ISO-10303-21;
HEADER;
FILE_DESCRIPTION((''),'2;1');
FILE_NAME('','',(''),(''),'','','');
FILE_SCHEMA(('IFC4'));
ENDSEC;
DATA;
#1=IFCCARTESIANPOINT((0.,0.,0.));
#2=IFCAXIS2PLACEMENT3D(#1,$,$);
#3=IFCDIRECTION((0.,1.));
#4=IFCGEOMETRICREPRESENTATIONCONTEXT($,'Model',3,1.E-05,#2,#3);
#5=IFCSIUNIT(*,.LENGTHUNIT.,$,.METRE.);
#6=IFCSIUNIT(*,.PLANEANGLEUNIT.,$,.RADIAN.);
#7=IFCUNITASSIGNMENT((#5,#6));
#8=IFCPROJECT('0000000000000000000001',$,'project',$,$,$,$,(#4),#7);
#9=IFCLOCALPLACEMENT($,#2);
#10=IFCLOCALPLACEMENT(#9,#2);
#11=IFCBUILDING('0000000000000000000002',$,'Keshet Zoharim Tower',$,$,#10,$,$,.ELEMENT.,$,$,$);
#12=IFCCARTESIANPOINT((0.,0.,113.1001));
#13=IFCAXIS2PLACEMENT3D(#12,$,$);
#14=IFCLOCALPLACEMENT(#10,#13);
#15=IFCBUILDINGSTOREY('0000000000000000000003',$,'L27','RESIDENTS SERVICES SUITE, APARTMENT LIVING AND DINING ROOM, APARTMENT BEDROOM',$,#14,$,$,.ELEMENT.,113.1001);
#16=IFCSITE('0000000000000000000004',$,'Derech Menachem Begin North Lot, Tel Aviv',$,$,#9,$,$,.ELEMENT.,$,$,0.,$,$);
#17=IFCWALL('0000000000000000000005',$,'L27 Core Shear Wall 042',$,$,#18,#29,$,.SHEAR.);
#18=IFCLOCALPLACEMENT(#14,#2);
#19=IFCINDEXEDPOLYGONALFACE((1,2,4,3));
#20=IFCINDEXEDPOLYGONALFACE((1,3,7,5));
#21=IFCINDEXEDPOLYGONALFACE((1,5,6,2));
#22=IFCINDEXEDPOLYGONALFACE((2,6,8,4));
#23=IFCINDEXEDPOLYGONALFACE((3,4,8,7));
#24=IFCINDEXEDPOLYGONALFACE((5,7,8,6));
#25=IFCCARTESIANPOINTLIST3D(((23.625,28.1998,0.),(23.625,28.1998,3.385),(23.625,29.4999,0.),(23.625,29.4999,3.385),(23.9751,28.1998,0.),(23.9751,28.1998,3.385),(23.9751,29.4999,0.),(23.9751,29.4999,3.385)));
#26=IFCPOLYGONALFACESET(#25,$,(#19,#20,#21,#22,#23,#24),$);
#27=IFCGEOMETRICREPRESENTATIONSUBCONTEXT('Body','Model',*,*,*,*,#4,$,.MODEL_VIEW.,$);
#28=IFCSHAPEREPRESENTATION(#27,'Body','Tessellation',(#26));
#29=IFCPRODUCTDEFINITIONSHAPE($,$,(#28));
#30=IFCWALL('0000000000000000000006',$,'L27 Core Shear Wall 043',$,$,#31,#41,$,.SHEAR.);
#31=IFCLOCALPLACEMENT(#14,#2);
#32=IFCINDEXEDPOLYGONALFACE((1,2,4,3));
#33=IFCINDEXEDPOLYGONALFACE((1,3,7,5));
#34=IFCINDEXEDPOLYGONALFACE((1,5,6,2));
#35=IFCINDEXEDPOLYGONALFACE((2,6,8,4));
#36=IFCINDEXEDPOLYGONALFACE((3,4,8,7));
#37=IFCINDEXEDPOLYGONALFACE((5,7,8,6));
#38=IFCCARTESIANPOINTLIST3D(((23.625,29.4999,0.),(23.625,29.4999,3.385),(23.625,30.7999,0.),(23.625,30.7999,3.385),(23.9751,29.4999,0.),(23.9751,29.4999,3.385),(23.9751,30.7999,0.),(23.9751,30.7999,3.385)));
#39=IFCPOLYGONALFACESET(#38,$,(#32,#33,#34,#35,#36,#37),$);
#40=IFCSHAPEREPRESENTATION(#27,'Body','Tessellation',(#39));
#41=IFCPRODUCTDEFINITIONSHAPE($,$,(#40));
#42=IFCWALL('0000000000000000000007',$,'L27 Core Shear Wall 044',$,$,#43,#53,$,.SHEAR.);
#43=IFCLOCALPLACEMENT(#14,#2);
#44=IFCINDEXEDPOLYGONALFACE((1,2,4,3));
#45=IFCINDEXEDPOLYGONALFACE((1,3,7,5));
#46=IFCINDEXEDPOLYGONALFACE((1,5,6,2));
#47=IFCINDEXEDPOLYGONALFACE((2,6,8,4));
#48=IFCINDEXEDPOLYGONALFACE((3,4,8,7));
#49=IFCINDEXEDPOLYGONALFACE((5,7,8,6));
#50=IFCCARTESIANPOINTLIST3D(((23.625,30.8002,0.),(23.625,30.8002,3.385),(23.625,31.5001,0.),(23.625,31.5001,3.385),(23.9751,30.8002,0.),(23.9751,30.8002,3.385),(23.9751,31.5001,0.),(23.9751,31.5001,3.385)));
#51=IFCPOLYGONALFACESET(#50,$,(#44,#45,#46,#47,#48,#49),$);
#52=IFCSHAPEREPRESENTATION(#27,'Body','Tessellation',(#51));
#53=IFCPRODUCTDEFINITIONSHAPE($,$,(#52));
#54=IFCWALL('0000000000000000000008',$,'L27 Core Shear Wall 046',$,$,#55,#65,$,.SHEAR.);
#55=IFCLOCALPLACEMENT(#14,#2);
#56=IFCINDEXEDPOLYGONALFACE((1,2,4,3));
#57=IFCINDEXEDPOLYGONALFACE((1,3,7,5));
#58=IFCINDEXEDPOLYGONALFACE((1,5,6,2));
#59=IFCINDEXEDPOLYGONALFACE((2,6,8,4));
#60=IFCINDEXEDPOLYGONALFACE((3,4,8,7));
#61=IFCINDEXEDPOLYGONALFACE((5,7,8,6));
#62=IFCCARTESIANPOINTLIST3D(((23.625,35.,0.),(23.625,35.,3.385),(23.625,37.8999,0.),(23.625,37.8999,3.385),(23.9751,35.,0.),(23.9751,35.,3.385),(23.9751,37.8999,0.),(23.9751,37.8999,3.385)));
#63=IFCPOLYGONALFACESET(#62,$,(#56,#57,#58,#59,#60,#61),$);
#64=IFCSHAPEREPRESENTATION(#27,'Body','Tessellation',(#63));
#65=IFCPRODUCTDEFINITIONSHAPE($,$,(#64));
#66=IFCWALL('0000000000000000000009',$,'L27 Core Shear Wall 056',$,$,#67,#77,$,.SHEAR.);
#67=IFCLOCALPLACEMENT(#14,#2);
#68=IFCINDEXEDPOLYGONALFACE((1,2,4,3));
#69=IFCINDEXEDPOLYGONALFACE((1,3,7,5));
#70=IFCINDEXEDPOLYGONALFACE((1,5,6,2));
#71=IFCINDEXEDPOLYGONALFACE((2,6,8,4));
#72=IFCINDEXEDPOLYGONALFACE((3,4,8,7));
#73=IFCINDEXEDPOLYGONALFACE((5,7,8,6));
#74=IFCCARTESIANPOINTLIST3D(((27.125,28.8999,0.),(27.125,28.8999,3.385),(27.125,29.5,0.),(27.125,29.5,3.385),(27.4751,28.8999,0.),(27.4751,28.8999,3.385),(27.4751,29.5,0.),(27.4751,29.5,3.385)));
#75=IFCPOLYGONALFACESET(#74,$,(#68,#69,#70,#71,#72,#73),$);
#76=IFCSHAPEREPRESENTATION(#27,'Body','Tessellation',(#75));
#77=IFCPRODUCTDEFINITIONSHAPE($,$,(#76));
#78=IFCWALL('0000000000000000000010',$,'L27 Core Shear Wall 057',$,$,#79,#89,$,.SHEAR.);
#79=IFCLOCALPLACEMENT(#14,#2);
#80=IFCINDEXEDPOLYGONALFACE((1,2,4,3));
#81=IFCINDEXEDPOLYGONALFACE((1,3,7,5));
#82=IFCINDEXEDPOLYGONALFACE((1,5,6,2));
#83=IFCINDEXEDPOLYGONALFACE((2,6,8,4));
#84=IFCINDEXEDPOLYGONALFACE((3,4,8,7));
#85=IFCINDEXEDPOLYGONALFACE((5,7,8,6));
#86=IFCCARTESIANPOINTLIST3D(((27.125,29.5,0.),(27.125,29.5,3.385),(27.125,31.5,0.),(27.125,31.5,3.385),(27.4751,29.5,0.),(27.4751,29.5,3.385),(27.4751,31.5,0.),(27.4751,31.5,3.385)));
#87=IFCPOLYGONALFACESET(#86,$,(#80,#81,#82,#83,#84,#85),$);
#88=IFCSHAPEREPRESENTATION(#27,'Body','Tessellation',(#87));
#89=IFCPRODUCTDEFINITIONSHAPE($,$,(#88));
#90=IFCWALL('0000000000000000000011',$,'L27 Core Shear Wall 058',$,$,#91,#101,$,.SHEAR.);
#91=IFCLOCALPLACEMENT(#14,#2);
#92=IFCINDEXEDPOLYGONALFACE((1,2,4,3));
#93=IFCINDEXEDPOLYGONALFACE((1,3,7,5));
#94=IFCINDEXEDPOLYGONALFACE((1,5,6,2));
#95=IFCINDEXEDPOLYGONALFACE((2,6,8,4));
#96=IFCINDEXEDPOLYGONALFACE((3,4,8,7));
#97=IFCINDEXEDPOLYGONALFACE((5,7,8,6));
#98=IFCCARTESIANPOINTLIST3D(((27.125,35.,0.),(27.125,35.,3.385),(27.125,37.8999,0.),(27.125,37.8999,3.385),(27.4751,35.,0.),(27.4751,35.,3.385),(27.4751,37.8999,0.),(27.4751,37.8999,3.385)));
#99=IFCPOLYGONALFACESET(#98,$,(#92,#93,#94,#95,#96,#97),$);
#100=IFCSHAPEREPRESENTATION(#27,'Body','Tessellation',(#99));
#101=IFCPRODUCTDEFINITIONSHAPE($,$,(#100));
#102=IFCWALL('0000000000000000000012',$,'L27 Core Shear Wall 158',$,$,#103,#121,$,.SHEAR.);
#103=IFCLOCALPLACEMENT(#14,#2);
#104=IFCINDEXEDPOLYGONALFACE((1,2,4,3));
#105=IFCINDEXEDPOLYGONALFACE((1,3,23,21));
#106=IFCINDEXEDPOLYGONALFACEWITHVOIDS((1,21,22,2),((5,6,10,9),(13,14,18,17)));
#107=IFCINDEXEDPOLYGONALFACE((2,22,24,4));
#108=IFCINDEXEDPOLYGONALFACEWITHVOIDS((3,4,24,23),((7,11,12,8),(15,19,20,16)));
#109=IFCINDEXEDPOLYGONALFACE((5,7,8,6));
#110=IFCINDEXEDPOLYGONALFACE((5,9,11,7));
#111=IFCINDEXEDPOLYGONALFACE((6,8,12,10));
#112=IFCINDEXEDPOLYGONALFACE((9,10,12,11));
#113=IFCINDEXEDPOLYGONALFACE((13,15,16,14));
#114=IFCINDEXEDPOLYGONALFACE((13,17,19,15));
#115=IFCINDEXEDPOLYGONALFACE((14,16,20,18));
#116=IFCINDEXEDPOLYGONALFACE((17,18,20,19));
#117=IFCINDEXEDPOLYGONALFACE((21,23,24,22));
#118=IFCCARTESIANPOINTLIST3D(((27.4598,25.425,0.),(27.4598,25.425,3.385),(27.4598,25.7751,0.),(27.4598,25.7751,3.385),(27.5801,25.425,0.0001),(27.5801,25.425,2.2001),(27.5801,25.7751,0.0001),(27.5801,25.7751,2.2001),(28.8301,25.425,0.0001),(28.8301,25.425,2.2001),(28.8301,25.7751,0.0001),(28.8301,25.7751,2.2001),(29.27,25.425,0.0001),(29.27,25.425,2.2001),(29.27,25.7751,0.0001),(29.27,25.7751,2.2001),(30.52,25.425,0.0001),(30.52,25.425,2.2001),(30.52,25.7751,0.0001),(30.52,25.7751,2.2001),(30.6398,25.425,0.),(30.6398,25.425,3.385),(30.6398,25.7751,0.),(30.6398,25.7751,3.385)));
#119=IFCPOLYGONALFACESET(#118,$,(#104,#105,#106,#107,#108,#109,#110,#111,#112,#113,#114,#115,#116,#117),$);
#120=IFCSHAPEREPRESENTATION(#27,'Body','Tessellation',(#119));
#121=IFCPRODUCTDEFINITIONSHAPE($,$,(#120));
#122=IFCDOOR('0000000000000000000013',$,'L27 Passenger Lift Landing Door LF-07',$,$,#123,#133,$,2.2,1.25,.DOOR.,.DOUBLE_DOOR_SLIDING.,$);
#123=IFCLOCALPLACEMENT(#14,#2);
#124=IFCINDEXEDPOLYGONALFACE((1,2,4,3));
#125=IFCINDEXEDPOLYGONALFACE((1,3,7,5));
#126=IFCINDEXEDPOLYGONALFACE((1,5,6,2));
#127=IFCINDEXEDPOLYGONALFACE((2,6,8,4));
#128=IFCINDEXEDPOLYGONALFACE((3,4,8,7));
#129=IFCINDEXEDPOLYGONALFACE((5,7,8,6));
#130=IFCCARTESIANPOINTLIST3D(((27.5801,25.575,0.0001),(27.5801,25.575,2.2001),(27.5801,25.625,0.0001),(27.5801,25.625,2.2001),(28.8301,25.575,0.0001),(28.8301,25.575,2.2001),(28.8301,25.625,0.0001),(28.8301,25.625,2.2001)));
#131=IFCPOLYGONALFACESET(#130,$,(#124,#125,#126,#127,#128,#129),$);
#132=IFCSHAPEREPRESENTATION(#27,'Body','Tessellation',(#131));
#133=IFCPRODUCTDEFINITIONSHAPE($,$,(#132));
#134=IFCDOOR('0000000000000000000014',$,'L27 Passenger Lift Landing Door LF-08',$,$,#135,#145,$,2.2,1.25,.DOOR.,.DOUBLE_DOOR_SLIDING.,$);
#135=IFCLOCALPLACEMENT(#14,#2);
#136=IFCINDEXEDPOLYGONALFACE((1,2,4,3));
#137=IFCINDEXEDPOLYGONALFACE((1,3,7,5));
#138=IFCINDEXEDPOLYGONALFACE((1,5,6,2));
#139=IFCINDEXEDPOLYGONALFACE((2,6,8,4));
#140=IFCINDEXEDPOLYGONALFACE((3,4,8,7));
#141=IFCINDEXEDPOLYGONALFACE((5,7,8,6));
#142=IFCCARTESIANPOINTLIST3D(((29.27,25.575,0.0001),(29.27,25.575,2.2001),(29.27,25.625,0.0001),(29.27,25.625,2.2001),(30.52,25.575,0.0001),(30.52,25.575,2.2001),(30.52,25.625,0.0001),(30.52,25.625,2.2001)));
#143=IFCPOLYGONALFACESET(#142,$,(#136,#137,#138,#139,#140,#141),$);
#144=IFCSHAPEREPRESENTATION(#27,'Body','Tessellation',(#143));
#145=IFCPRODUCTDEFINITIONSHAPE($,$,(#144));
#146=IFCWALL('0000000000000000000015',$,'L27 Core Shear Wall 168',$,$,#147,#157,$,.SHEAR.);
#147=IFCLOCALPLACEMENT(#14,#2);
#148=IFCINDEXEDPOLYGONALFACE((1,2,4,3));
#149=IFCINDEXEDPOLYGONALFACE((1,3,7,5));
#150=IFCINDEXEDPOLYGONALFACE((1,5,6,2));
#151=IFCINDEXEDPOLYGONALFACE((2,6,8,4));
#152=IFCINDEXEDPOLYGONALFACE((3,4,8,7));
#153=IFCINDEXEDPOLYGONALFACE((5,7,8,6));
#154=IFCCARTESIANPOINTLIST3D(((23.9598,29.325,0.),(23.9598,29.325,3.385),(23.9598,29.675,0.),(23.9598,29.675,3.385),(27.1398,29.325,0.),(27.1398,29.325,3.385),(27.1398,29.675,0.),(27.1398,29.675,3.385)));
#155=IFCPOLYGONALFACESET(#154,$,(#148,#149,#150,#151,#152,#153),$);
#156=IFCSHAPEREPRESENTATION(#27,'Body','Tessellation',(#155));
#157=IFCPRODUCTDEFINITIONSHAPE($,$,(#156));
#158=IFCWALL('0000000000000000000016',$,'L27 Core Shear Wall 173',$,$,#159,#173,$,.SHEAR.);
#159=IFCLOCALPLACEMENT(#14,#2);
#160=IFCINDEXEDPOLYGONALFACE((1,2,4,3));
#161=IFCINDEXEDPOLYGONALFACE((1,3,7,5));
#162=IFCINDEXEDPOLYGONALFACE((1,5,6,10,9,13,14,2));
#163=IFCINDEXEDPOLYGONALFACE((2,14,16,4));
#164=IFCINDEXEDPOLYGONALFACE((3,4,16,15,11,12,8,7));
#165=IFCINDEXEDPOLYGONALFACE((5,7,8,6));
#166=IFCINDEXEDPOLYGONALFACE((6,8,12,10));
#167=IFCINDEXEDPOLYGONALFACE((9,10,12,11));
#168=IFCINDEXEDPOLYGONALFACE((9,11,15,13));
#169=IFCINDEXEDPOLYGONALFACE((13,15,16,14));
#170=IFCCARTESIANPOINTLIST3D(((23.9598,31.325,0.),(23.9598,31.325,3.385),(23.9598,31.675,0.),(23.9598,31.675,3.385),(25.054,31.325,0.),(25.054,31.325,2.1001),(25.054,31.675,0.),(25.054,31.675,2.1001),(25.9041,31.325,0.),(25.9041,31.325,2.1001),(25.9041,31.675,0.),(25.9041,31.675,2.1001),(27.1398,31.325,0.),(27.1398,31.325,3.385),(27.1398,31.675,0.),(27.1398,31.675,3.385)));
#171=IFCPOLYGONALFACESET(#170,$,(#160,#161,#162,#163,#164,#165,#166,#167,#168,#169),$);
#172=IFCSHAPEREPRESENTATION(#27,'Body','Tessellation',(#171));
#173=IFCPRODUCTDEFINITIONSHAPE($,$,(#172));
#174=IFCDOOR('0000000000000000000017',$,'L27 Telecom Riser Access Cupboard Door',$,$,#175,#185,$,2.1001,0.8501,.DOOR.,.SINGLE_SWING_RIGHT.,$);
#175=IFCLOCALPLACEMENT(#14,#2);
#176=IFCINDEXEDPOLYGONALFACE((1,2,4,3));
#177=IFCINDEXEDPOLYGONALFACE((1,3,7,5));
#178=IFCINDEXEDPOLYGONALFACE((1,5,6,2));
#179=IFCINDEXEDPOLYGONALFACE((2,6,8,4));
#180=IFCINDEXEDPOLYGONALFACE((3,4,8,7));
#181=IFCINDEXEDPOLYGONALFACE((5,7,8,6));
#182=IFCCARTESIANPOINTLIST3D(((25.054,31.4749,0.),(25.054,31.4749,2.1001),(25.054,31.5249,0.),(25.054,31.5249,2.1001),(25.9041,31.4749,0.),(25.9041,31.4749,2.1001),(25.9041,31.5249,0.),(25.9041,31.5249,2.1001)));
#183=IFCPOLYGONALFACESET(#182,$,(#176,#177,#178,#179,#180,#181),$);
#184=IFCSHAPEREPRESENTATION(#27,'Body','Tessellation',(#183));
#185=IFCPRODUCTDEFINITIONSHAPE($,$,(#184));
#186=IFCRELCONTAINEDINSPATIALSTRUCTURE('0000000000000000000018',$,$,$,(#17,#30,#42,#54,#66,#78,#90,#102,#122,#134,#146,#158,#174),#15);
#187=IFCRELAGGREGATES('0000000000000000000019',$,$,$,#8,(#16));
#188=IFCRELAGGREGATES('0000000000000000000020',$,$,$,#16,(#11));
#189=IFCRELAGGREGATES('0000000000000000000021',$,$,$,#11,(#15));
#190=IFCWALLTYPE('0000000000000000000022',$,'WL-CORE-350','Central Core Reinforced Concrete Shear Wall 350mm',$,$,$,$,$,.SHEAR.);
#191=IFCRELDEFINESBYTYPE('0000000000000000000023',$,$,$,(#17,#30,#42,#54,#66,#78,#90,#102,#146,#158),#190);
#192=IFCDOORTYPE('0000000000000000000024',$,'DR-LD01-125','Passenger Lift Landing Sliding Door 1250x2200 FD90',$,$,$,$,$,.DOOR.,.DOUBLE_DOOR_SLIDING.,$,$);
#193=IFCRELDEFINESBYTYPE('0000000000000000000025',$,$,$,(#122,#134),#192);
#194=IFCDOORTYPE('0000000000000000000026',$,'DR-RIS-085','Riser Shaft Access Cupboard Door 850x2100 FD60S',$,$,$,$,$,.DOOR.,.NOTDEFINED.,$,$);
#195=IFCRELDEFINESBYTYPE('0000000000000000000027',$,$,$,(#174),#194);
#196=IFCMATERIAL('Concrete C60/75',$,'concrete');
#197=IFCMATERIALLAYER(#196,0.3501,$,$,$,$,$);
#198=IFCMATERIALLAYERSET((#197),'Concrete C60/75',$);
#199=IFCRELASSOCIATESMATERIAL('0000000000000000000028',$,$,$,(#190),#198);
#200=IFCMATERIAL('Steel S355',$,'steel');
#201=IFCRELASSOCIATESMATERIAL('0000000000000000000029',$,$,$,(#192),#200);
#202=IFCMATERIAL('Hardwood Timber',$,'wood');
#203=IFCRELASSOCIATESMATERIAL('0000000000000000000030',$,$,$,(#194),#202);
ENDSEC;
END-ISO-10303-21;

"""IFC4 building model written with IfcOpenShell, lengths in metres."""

from ifc_helpers import new_model, si_unit, direction, frame, frame_2d, origin, place, context, subcontext, project, spatial, rectangle, extrude, material, layer, layer_set, type_object, element, fill, save


model = new_model("IFC4")

# Units and contexts
model_context = context("Model", 3, precision=1e-05, world=origin(), true_north=direction((0.0, 1.0)))
body_context = subcontext(model_context, "Body", "Model", "MODEL_VIEW")
ifc_project = project(units=[si_unit("LENGTHUNIT", "METRE"), si_unit("PLANEANGLEUNIT", "RADIAN")], contexts=[model_context])

# Site, building, storey
site_placement = place(None, origin())
site = spatial("IfcSite", under=ifc_project, at=site_placement, Name="Derech Menachem Begin North Lot, Tel Aviv", CompositionType="ELEMENT", RefElevation=0.0)
building_placement = place(site_placement, origin())
building = spatial("IfcBuilding", under=site, at=building_placement, Name="Keshet Zoharim Tower", CompositionType="ELEMENT")
storey_placement = place(building_placement, frame((0.0, 0.0, 113.1001)))
storey = spatial("IfcBuildingStorey", under=building, at=storey_placement, Name="L27", Description="RESIDENTS SERVICES SUITE, APARTMENT LIVING AND DINING ROOM, APARTMENT BEDROOM", CompositionType="ELEMENT", Elevation=113.1001)

# Walls
ifc_material_1 = material(Name="Concrete C60/75", Category="concrete")
ifc_layer_1 = layer(ifc_material_1, 0.3501)
ifc_layer_set_1 = layer_set([ifc_layer_1], Name="Concrete C60/75")
wall_type_1 = type_object("IfcWallType", Name="WL-CORE-350", Description="Central Core Reinforced Concrete Shear Wall 350mm", PredefinedType="SHEAR", material=ifc_layer_set_1)
for number, where, z_axis, x_axis, name in (
    (1, (23.8, 28.2, 0.0), (0.0, 0.0, 1.0), (0.0, 1.0, 0.0), "L27 Core Shear Wall 042"),
    (2, (23.8, 29.5, 0.0), (0.0, 0.0, 1.0), (0.0, 1.0, 0.0), "L27 Core Shear Wall 043"),
):
    element("IfcWall", number, at=place(storey_placement, frame(where, z_axis=z_axis, x_axis=x_axis)), inside=storey, type_object=wall_type_1, Name=name, PredefinedType="SHEAR", context=body_context, shape_type="SweptSolid", body=[
        extrude(rectangle(XDim=1.3, YDim=0.3501, at=frame_2d((0.6499, 0.0))), origin(), (0.0, 0.0, 1.0), 3.385),
    ])
wall_1_placement = place(storey_placement, frame((23.8, 30.8, 0.0), z_axis=(0.0, 0.0, 1.0), x_axis=(0.0, 1.0, 0.0)))
element("IfcWall", 3, at=wall_1_placement, inside=storey, type_object=wall_type_1, Name="L27 Core Shear Wall 044", PredefinedType="SHEAR", context=body_context, shape_type="SweptSolid", body=[
    extrude(rectangle(XDim=0.7, YDim=0.3501, at=frame_2d((0.3501, 0.0))), origin(), (0.0, 0.0, 1.0), 3.385),
])

# Shared definitions
ifc_material_2 = material(Name="Hardwood Timber", Category="wood")

# Walls
wall_2_placement = place(storey_placement, frame((23.8, 35.0, 0.0), z_axis=(0.0, 0.0, 1.0), x_axis=(0.0, 1.0, 0.0)))
element("IfcWall", 4, at=wall_2_placement, inside=storey, type_object=wall_type_1, Name="L27 Core Shear Wall 046", PredefinedType="SHEAR", context=body_context, shape_type="SweptSolid", body=[
    extrude(rectangle(XDim=2.8999, YDim=0.3501, at=frame_2d((1.45, 0.0))), origin(), (0.0, 0.0, 1.0), 3.385),
])
wall_3_placement = place(storey_placement, frame((27.3, 28.8999, 0.0), z_axis=(0.0, 0.0, 1.0), x_axis=(0.0, 1.0, 0.0)))
element("IfcWall", 5, at=wall_3_placement, inside=storey, type_object=wall_type_1, Name="L27 Core Shear Wall 056", PredefinedType="SHEAR", context=body_context, shape_type="SweptSolid", body=[
    extrude(rectangle(XDim=0.6001, YDim=0.3501, at=frame_2d((0.3, 0.0))), origin(), (0.0, 0.0, 1.0), 3.385),
])
wall_4_placement = place(storey_placement, frame((27.3, 29.5, 0.0), z_axis=(0.0, 0.0, 1.0), x_axis=(0.0, 1.0, 0.0)))
element("IfcWall", 6, at=wall_4_placement, inside=storey, type_object=wall_type_1, Name="L27 Core Shear Wall 057", PredefinedType="SHEAR", context=body_context, shape_type="SweptSolid", body=[
    extrude(rectangle(XDim=2.0, YDim=0.3501, at=frame_2d((1.0, 0.0))), origin(), (0.0, 0.0, 1.0), 3.385),
])
wall_5_placement = place(storey_placement, frame((27.3, 35.0, 0.0), z_axis=(0.0, 0.0, 1.0), x_axis=(0.0, 1.0, 0.0)))
element("IfcWall", 7, at=wall_5_placement, inside=storey, type_object=wall_type_1, Name="L27 Core Shear Wall 058", PredefinedType="SHEAR", context=body_context, shape_type="SweptSolid", body=[
    extrude(rectangle(XDim=2.8999, YDim=0.3501, at=frame_2d((1.45, 0.0))), origin(), (0.0, 0.0, 1.0), 3.385),
])

# Wall, openings, doors
wall_6_placement = place(storey_placement, frame((27.46, 25.6001, 0.0), z_axis=(0.0, 0.0, 1.0), x_axis=(1.0, 0.0, 0.0)))
wall_6 = element("IfcWall", 8, at=wall_6_placement, inside=storey, type_object=wall_type_1, Name="L27 Core Shear Wall 158", PredefinedType="SHEAR", context=body_context, shape_type="SweptSolid", body=[
    extrude(rectangle(XDim=3.1799, YDim=0.3501, at=frame_2d((1.5898, 0.0))), origin(), (0.0, 0.0, 1.0), 3.385),
])
opening_1_placement = place(wall_6_placement, frame((0.1201, 0.0, 0.0)))
opening_1 = element("IfcOpeningElement", 9, at=opening_1_placement, cuts=wall_6, PredefinedType="OPENING", context=body_context, shape_type="SweptSolid", body=[
    extrude(rectangle(XDim=1.25, YDim=2.2, at=frame_2d((0.625, 1.1001))), frame((0.0, 0.1851, 0.0), z_axis=(0.0, -1.0, 0.0), x_axis=(1.0, 0.0, 0.0)), (0.0, 0.0, 1.0), 0.3701),
])
opening_2_placement = place(wall_6_placement, frame((1.8101, 0.0, 0.0)))
opening_2 = element("IfcOpeningElement", 10, at=opening_2_placement, cuts=wall_6, PredefinedType="OPENING", context=body_context, shape_type="SweptSolid", body=[
    extrude(rectangle(XDim=1.25, YDim=2.2, at=frame_2d((0.625, 1.1001))), frame((0.0, 0.1851, 0.0), z_axis=(0.0, -1.0, 0.0), x_axis=(1.0, 0.0, 0.0)), (0.0, 0.0, 1.0), 0.3701),
])
ifc_material_3 = material(Name="Steel S355", Category="steel")
door_type_1 = type_object("IfcDoorType", Name="DR-LD01-125", Description="Passenger Lift Landing Sliding Door 1250x2200 FD90", OperationType="DOUBLE_DOOR_SLIDING", PredefinedType="DOOR", material=ifc_material_3)
door_1_placement = place(opening_1_placement, origin())
door_1 = element("IfcDoor", 11, at=door_1_placement, inside=storey, type_object=door_type_1, Name="L27 Passenger Lift Landing Door LF-07", OperationType="DOUBLE_DOOR_SLIDING", OverallHeight=2.2, OverallWidth=1.25, PredefinedType="DOOR", context=body_context, shape_type="SweptSolid", body=[
    extrude(rectangle(XDim=1.25, YDim=2.2, at=frame_2d((0.625, 1.1001))), frame((0.0, 0.0249, 0.0), z_axis=(0.0, -1.0, 0.0), x_axis=(1.0, 0.0, 0.0)), (0.0, 0.0, 1.0), 0.05),
])
fill(opening_1, door_1)
door_2_placement = place(opening_2_placement, origin())
door_2 = element("IfcDoor", 12, at=door_2_placement, inside=storey, type_object=door_type_1, Name="L27 Passenger Lift Landing Door LF-08", OperationType="DOUBLE_DOOR_SLIDING", OverallHeight=2.2, OverallWidth=1.25, PredefinedType="DOOR", context=body_context, shape_type="SweptSolid", body=[
    extrude(rectangle(XDim=1.25, YDim=2.2, at=frame_2d((0.625, 1.1001))), frame((0.0, 0.0249, 0.0), z_axis=(0.0, -1.0, 0.0), x_axis=(1.0, 0.0, 0.0)), (0.0, 0.0, 1.0), 0.05),
])
fill(opening_2, door_2)

# Wall
wall_7_placement = place(storey_placement, frame((23.96, 29.5, 0.0), z_axis=(0.0, 0.0, 1.0), x_axis=(1.0, 0.0, 0.0)))
element("IfcWall", 13, at=wall_7_placement, inside=storey, type_object=wall_type_1, Name="L27 Core Shear Wall 168", PredefinedType="SHEAR", context=body_context, shape_type="SweptSolid", body=[
    extrude(rectangle(XDim=3.1799, YDim=0.3501, at=frame_2d((1.5898, 0.0))), origin(), (0.0, 0.0, 1.0), 3.385),
])

# Wall, opening, door
wall_8_placement = place(storey_placement, frame((23.96, 31.5, 0.0), z_axis=(0.0, 0.0, 1.0), x_axis=(1.0, 0.0, 0.0)))
wall_8 = element("IfcWall", 14, at=wall_8_placement, inside=storey, type_object=wall_type_1, Name="L27 Core Shear Wall 173", PredefinedType="SHEAR", context=body_context, shape_type="SweptSolid", body=[
    extrude(rectangle(XDim=3.1799, YDim=0.3501, at=frame_2d((1.5898, 0.0))), origin(), (0.0, 0.0, 1.0), 3.385),
])
opening_3_placement = place(wall_8_placement, frame((1.094, 0.0, 0.0)))
opening_3 = element("IfcOpeningElement", 15, at=opening_3_placement, cuts=wall_8, PredefinedType="OPENING", context=body_context, shape_type="SweptSolid", body=[
    extrude(rectangle(XDim=0.8501, YDim=2.1001, at=frame_2d((0.425, 1.05))), frame((0.0, 0.1851, 0.0), z_axis=(0.0, -1.0, 0.0), x_axis=(1.0, 0.0, 0.0)), (0.0, 0.0, 1.0), 0.3701),
])
door_type_2 = type_object("IfcDoorType", Name="DR-RIS-085", Description="Riser Shaft Access Cupboard Door 850x2100 FD60S", OperationType="NOTDEFINED", PredefinedType="DOOR", material=ifc_material_2)
door_3_placement = place(opening_3_placement, origin())
door_3 = element("IfcDoor", 16, at=door_3_placement, inside=storey, type_object=door_type_2, Name="L27 Telecom Riser Access Cupboard Door", OperationType="SINGLE_SWING_RIGHT", OverallHeight=2.1001, OverallWidth=0.8501, PredefinedType="DOOR", context=body_context, shape_type="SweptSolid", body=[
    extrude(rectangle(XDim=0.8501, YDim=2.1001, at=frame_2d((0.425, 1.05))), frame((0.0, 0.0249, 0.0), z_axis=(0.0, -1.0, 0.0), x_axis=(1.0, 0.0, 0.0)), (0.0, 0.0, 1.0), 0.05),
])
fill(opening_3, door_3)

save(model, "model.ifc")
